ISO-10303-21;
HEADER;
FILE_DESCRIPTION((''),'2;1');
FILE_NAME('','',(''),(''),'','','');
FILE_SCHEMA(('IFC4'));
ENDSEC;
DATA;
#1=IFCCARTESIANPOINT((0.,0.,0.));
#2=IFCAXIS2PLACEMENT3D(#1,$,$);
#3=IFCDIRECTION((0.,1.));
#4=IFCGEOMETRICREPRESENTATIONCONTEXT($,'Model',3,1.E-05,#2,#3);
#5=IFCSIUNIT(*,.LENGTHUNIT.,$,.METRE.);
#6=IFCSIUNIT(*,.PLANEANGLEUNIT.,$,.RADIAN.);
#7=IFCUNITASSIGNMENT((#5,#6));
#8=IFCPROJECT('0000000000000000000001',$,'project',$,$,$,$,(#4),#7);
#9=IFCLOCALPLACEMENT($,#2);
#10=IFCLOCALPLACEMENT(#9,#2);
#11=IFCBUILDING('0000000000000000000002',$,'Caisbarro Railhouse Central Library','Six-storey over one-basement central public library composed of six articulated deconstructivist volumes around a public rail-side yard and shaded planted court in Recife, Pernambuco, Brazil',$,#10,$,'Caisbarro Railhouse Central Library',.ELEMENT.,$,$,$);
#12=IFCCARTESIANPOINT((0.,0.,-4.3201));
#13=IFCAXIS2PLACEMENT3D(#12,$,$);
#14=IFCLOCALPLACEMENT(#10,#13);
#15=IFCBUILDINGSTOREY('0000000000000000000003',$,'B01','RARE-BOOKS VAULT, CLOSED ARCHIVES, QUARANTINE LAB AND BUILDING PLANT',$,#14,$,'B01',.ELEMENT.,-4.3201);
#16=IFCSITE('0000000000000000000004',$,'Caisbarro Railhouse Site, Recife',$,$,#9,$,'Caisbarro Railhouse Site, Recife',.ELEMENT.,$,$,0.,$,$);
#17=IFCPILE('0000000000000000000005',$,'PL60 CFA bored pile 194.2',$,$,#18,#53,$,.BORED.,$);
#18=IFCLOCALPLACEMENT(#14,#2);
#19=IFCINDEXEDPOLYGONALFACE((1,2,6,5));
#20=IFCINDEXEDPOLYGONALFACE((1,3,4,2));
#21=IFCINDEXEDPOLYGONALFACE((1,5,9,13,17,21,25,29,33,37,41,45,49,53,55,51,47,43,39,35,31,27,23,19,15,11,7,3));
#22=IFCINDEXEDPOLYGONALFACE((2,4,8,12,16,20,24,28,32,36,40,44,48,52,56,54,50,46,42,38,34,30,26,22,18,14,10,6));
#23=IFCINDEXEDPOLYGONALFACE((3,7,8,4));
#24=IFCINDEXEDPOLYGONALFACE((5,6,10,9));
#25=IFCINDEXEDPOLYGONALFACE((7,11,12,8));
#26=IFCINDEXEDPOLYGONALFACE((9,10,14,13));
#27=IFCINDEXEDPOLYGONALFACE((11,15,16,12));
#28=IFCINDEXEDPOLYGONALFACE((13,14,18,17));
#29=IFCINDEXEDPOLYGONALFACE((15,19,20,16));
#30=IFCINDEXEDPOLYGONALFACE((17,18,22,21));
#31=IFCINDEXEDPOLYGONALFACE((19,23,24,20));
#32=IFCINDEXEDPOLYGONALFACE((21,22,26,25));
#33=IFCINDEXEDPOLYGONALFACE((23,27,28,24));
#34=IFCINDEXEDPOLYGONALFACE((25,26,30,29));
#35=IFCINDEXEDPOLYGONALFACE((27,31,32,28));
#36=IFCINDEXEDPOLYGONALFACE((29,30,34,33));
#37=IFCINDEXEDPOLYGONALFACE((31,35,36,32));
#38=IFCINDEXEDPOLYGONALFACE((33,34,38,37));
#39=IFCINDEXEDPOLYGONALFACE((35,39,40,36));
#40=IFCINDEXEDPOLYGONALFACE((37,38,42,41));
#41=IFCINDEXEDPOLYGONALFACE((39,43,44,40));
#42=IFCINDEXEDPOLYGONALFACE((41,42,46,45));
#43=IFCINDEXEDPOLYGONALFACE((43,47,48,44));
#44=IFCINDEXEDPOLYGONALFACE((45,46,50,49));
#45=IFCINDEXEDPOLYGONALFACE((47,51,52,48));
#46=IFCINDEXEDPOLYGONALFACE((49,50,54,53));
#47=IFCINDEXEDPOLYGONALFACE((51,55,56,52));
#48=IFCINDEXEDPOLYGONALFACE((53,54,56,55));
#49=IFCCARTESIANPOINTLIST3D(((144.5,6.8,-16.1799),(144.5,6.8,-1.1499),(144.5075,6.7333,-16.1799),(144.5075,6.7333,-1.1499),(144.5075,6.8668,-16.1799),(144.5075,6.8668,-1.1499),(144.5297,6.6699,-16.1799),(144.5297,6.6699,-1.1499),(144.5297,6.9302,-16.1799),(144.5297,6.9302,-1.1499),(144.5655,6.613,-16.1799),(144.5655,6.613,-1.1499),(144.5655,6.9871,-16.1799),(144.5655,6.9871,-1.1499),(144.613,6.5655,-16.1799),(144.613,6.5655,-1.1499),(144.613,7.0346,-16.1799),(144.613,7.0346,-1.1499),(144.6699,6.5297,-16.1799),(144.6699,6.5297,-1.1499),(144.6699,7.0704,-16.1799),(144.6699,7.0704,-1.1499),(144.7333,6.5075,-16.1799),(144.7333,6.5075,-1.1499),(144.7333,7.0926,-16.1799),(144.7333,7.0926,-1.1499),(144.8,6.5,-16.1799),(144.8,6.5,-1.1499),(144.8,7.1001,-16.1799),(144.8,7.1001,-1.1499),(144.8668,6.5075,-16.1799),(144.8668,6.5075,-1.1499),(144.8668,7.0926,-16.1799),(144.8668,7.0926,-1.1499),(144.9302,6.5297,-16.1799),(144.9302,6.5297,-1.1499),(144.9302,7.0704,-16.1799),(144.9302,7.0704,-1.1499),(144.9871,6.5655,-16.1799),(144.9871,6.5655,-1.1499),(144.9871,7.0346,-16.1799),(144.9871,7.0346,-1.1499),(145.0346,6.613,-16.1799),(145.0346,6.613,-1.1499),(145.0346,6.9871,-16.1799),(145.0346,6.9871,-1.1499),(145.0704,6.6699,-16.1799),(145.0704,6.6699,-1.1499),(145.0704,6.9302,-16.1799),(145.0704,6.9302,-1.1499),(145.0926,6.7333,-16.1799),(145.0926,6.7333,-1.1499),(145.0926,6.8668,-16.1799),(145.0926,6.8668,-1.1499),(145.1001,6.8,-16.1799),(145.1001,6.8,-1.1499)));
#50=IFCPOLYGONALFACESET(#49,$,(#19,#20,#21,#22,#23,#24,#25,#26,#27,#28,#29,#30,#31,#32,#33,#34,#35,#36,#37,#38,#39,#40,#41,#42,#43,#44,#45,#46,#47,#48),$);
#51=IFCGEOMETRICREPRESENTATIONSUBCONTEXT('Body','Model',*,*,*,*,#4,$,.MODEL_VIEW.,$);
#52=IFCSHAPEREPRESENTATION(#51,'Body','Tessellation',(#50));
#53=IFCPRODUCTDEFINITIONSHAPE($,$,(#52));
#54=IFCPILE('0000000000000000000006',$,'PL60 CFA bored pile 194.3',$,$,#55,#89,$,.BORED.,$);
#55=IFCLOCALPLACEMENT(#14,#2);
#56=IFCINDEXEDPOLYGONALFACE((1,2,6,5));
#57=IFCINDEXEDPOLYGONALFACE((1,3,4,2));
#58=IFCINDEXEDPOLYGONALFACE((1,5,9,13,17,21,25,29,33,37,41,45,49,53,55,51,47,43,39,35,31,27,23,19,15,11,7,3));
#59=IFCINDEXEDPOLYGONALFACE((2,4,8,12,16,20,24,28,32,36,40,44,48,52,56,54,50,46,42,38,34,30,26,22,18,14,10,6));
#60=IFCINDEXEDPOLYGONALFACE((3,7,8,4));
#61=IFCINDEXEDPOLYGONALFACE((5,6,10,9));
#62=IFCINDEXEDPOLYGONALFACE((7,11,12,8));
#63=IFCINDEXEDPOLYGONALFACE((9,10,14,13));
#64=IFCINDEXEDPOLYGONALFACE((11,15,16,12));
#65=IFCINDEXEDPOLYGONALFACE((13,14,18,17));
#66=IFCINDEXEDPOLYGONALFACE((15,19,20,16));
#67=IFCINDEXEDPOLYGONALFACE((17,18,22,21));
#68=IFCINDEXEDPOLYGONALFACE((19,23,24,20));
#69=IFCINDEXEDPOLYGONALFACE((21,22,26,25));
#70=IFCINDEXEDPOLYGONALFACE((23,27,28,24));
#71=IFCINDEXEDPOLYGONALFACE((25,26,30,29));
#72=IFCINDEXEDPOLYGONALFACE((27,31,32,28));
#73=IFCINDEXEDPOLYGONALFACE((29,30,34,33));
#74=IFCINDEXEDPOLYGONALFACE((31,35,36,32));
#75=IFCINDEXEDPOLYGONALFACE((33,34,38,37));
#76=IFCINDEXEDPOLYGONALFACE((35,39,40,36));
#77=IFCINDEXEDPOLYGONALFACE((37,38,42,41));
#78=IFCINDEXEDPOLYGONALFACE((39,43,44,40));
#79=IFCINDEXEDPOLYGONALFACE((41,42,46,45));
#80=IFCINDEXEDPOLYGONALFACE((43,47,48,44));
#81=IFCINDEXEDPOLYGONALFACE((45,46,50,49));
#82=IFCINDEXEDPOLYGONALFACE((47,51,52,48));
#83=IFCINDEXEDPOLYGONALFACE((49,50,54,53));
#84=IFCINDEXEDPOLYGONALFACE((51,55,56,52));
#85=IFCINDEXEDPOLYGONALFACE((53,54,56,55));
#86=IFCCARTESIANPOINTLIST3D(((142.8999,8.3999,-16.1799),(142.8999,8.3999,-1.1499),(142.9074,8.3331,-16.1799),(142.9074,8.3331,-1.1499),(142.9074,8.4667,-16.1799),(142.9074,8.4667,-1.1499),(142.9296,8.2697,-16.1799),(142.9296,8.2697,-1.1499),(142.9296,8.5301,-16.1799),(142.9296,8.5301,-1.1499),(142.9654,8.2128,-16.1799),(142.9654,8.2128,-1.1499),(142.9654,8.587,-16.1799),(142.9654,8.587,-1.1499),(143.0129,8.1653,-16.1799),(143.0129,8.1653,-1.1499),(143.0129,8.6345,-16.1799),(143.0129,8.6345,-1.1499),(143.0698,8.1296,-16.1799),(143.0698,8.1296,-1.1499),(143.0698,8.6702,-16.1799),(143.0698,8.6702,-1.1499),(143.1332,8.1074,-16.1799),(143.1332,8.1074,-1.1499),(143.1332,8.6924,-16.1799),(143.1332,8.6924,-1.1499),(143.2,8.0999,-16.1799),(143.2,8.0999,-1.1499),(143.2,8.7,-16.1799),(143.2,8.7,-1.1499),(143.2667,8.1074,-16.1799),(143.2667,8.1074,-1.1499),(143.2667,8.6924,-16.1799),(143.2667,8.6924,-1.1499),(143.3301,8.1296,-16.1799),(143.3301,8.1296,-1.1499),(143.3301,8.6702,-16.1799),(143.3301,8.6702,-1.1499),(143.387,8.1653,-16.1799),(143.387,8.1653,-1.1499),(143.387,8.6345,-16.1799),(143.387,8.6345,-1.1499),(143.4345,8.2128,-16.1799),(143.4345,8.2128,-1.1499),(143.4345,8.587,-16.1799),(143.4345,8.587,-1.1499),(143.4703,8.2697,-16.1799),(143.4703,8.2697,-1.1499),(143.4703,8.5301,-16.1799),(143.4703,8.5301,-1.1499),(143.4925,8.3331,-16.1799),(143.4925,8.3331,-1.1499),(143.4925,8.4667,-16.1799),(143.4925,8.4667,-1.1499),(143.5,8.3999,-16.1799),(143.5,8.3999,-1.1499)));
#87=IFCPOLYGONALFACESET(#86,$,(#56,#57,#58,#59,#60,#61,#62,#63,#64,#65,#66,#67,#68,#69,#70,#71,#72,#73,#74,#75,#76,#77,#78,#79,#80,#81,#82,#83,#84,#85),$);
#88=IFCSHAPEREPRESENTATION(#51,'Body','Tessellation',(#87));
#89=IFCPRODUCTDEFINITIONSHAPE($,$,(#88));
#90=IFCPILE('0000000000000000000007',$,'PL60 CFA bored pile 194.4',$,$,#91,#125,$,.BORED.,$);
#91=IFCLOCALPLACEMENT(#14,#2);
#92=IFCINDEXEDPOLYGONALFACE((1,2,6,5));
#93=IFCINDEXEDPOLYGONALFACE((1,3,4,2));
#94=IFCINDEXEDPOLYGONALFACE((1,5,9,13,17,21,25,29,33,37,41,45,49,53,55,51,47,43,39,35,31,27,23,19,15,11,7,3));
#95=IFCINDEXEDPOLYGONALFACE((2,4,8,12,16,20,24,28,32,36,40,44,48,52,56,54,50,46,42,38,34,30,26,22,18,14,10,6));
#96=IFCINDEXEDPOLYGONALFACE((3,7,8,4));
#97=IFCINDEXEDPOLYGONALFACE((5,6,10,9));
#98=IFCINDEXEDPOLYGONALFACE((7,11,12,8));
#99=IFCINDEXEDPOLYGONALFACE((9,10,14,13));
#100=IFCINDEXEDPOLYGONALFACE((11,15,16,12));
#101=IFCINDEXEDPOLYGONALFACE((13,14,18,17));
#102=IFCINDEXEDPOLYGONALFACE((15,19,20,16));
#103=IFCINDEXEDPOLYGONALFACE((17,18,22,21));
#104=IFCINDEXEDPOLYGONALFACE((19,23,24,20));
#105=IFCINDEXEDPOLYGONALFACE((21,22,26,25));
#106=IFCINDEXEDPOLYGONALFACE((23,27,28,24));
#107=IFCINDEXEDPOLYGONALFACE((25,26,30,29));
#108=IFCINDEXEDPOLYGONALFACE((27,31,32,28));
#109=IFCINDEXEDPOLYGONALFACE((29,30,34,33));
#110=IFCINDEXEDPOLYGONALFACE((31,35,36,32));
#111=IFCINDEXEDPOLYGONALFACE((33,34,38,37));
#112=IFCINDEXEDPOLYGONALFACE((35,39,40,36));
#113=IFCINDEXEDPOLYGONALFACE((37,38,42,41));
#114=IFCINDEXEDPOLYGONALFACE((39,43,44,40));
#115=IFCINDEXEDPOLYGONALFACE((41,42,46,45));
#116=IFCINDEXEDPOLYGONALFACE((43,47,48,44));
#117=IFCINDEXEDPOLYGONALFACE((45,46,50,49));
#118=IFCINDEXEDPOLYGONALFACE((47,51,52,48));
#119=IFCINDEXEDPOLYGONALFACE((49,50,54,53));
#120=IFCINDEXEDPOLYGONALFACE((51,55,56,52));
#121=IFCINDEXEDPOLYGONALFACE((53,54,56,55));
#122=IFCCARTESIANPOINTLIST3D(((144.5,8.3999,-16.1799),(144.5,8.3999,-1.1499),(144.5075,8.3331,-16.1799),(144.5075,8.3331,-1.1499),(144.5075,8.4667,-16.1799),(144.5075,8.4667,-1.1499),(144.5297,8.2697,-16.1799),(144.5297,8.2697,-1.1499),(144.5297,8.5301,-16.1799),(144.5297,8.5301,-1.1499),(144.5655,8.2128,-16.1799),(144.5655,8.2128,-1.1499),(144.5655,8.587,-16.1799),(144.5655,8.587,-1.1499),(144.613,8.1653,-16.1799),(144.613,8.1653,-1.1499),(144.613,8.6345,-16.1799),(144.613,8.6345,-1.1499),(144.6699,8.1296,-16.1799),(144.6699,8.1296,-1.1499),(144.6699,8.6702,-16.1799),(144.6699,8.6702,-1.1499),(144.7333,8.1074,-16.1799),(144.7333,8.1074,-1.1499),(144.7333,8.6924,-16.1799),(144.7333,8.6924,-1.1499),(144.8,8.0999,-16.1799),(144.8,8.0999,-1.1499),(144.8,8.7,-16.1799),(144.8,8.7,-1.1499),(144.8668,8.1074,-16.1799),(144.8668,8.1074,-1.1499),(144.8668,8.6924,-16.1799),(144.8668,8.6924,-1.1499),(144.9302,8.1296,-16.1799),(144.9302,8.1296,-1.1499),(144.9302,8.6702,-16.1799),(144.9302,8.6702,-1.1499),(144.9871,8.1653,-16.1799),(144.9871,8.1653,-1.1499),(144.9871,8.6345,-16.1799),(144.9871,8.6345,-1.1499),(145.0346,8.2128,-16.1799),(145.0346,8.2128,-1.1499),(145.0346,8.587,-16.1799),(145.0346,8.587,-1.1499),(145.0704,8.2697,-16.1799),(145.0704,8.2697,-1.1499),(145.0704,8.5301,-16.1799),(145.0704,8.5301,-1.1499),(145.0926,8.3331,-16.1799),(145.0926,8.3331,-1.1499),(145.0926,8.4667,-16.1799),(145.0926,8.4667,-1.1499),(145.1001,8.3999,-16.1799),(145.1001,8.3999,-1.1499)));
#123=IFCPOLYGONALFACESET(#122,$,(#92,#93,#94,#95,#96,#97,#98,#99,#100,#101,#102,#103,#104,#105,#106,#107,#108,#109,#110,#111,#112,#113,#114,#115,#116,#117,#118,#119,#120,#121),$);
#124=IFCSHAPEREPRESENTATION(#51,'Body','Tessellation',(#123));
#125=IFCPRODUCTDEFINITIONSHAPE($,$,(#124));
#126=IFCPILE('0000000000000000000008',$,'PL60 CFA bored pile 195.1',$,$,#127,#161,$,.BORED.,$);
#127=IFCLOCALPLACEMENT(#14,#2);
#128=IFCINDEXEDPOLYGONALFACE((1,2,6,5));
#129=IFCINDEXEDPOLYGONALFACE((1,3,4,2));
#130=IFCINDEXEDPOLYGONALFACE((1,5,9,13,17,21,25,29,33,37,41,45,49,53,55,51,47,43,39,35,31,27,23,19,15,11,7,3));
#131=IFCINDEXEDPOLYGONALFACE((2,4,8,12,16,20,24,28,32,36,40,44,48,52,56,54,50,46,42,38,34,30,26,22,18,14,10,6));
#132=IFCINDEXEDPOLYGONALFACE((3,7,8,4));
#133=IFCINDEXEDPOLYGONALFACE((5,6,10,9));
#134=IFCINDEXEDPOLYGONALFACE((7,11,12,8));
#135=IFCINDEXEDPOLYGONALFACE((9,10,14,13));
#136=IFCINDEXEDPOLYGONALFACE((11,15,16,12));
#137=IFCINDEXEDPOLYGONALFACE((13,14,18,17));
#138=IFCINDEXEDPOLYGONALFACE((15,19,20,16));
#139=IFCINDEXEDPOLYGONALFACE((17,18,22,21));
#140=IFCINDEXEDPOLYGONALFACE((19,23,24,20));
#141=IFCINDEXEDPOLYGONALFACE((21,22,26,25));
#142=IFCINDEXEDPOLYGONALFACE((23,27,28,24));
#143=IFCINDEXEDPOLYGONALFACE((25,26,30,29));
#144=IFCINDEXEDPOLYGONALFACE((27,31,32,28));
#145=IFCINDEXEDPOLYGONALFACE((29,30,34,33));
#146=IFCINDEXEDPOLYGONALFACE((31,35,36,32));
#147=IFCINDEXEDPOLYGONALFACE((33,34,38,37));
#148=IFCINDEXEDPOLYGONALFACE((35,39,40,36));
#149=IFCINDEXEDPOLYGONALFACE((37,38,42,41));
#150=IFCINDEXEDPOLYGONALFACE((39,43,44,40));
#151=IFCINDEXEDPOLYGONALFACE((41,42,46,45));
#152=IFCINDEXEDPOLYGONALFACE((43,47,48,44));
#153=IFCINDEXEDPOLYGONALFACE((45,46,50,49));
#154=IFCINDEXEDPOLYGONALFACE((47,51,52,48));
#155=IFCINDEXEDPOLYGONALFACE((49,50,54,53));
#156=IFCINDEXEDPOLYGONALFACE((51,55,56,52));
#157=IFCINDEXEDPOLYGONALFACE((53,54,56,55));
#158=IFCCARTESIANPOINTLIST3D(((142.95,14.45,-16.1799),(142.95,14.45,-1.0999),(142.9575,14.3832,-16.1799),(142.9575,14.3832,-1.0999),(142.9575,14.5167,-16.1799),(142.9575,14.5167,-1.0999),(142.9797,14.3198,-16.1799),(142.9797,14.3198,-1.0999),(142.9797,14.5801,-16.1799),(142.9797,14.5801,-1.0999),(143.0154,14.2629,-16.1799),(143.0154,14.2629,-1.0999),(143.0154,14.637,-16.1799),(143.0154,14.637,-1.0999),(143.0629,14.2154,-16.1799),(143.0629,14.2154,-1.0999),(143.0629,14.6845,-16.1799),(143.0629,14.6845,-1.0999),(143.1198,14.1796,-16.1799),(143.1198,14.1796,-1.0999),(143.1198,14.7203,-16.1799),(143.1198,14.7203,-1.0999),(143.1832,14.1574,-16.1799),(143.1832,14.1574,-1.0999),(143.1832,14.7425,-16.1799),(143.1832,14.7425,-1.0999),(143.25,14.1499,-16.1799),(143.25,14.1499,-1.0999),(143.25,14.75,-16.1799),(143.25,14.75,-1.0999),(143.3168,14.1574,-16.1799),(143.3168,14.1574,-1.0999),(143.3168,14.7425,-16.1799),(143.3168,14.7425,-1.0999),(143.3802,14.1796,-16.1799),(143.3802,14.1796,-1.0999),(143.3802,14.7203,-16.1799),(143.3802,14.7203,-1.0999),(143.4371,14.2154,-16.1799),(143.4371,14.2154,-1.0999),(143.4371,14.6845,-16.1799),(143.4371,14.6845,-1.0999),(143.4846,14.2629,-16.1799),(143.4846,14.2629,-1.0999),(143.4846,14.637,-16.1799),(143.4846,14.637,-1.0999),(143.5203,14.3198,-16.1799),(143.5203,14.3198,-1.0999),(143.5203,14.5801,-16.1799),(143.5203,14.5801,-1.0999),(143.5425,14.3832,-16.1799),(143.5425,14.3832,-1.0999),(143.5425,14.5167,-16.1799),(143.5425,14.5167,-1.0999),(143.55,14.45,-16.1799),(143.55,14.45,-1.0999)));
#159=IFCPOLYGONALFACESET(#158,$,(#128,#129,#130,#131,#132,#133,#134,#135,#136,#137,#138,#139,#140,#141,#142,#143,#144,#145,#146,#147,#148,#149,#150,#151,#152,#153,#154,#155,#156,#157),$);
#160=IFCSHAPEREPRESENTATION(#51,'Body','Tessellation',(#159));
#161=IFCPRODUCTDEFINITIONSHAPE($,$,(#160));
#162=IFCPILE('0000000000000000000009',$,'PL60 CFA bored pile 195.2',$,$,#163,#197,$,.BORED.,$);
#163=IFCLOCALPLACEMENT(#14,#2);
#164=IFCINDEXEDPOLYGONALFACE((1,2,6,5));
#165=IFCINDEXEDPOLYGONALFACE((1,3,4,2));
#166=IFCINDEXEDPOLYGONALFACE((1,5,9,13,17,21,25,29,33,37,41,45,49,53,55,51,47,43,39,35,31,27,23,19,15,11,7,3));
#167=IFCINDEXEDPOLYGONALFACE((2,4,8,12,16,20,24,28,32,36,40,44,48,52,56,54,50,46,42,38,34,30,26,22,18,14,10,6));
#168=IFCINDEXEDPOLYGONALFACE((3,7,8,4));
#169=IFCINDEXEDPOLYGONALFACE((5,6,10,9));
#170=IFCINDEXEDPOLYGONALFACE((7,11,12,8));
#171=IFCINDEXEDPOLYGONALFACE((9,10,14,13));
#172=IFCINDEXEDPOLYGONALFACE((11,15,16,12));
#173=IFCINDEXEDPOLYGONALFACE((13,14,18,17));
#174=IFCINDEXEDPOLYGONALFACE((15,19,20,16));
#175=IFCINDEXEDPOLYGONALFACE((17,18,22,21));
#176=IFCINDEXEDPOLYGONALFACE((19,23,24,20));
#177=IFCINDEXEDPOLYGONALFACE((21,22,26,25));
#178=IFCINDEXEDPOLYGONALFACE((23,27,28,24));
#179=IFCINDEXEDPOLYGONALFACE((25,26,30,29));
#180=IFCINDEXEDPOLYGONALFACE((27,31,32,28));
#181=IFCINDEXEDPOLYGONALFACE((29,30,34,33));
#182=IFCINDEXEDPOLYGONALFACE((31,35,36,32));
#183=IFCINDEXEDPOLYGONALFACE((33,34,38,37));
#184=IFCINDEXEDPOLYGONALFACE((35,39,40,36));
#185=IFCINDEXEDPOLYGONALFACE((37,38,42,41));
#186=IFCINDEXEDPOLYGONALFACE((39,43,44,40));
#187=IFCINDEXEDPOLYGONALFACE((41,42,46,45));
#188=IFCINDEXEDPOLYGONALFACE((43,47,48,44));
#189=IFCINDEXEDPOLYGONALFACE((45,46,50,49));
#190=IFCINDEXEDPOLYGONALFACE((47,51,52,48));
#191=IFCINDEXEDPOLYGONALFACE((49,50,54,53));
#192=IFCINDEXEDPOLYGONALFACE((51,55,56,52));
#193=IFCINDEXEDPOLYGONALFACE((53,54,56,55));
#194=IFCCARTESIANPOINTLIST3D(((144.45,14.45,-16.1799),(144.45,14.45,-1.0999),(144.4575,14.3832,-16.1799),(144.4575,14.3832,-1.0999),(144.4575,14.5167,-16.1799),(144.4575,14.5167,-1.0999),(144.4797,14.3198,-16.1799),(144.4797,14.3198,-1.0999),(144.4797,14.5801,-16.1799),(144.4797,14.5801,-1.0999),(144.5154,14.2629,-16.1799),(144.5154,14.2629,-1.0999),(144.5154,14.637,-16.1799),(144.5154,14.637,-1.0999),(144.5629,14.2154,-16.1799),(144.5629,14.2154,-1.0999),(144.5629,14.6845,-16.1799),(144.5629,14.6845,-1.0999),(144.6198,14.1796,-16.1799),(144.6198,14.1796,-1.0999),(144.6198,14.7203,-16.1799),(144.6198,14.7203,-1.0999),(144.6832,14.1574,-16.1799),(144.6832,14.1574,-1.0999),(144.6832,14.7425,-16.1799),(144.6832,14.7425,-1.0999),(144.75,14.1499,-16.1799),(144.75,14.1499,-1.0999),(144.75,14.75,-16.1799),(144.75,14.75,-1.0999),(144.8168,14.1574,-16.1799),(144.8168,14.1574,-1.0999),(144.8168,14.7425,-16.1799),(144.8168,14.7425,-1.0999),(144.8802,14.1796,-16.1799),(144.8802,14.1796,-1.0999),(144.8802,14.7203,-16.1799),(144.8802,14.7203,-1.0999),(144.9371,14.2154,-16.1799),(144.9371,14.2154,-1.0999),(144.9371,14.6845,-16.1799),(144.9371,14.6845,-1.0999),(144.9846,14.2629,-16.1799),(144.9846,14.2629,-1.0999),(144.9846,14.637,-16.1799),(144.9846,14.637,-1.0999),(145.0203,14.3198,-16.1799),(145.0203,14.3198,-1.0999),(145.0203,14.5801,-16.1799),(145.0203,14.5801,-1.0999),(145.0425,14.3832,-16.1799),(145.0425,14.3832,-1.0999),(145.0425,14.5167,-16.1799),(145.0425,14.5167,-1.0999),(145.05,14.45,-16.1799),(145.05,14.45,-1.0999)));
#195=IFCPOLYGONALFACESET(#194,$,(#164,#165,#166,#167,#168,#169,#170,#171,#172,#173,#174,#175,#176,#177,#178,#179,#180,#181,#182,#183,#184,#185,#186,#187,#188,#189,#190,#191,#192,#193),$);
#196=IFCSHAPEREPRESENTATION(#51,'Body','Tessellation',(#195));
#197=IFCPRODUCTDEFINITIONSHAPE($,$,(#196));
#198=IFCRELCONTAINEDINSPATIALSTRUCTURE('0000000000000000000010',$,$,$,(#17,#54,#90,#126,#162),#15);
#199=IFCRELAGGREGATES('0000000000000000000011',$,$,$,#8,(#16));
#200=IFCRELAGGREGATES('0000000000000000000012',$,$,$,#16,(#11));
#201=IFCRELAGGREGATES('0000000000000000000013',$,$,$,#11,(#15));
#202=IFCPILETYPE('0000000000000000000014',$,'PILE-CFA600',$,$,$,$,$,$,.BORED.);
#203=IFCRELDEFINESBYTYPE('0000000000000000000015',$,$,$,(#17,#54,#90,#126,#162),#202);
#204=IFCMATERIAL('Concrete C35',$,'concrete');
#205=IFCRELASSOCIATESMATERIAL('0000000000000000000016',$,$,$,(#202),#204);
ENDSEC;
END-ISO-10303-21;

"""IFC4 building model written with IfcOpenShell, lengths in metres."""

from ifc_helpers import new_model, si_unit, direction, frame, origin, origin_2d, place, context, subcontext, project, spatial, circle, extrude, material, material_profile, profile_set, type_object, element, save


model = new_model("IFC4")

# Units and contexts
model_context = context("Model", 3, precision=1e-05, world=origin(), true_north=direction((0.0, 1.0)))
body_context = subcontext(model_context, "Body", "Model", "MODEL_VIEW")
ifc_project = project(units=[si_unit("LENGTHUNIT", "METRE"), si_unit("PLANEANGLEUNIT", "RADIAN")], contexts=[model_context])

# Site, building, storey
site_placement = place(None, origin())
site = spatial("IfcSite", under=ifc_project, at=site_placement, Name="Caisbarro Railhouse Site, Recife", LongName="Caisbarro Railhouse Site, Recife", CompositionType="ELEMENT", RefElevation=0.0)
building_placement = place(site_placement, origin())
building = spatial("IfcBuilding", under=site, at=building_placement, Name="Caisbarro Railhouse Central Library", Description="Six-storey over one-basement central public library composed of six articulated deconstructivist volumes around a public rail-side yard and shaded planted court in Recife, Pernambuco, Brazil", LongName="Caisbarro Railhouse Central Library", CompositionType="ELEMENT")
storey_placement = place(building_placement, frame((0.0, 0.0, -4.3201)))
storey = spatial("IfcBuildingStorey", under=building, at=storey_placement, Name="B01", Description="RARE-BOOKS VAULT, CLOSED ARCHIVES, QUARANTINE LAB AND BUILDING PLANT", LongName="B01", CompositionType="ELEMENT", Elevation=-4.3201)

# Shared definitions
ifc_material_1 = material(Name="Concrete C35", Category="concrete")

# Piles
ifc_material_profile_1 = material_profile(ifc_material_1, circle(Radius=0.3, at=origin_2d()), Name="PILE-CFA-600")
ifc_profile_set_1 = profile_set([ifc_material_profile_1], Name="Concrete C35")
pile_type_1 = type_object("IfcPileType", Name="PILE-CFA600", PredefinedType="BORED", material=ifc_profile_set_1)
for number, where, z_axis, x_axis, name in (
    (1, (144.8, 6.8, -1.1499), (0.0, 0.0, -1.0), (1.0, 0.0, 0.0), "PL60 CFA bored pile 194.2"),
    (2, (143.2, 8.3999, -1.1499), (0.0, 0.0, -1.0), (1.0, 0.0, 0.0), "PL60 CFA bored pile 194.3"),
    (3, (144.8, 8.3999, -1.1499), (0.0, 0.0, -1.0), (1.0, 0.0, 0.0), "PL60 CFA bored pile 194.4"),
):
    element("IfcPile", number, at=place(storey_placement, frame(where, z_axis=z_axis, x_axis=x_axis)), inside=storey, type_object=pile_type_1, Name=name, PredefinedType="BORED", context=body_context, shape_type="SweptSolid", body=[
        extrude(circle(Radius=0.3, at=origin_2d()), origin(), (0.0, 0.0, 1.0), 15.03),
    ])
for number, where, z_axis, x_axis, name in (
    (4, (143.25, 14.45, -1.0999), (0.0, 0.0, -1.0), (1.0, 0.0, 0.0), "PL60 CFA bored pile 195.1"),
    (5, (144.75, 14.45, -1.0999), (0.0, 0.0, -1.0), (1.0, 0.0, 0.0), "PL60 CFA bored pile 195.2"),
):
    element("IfcPile", number, at=place(storey_placement, frame(where, z_axis=z_axis, x_axis=x_axis)), inside=storey, type_object=pile_type_1, Name=name, PredefinedType="BORED", context=body_context, shape_type="SweptSolid", body=[
        extrude(circle(Radius=0.3, at=origin_2d()), origin(), (0.0, 0.0, 1.0), 15.0801),
    ])

save(model, "model.ifc")
